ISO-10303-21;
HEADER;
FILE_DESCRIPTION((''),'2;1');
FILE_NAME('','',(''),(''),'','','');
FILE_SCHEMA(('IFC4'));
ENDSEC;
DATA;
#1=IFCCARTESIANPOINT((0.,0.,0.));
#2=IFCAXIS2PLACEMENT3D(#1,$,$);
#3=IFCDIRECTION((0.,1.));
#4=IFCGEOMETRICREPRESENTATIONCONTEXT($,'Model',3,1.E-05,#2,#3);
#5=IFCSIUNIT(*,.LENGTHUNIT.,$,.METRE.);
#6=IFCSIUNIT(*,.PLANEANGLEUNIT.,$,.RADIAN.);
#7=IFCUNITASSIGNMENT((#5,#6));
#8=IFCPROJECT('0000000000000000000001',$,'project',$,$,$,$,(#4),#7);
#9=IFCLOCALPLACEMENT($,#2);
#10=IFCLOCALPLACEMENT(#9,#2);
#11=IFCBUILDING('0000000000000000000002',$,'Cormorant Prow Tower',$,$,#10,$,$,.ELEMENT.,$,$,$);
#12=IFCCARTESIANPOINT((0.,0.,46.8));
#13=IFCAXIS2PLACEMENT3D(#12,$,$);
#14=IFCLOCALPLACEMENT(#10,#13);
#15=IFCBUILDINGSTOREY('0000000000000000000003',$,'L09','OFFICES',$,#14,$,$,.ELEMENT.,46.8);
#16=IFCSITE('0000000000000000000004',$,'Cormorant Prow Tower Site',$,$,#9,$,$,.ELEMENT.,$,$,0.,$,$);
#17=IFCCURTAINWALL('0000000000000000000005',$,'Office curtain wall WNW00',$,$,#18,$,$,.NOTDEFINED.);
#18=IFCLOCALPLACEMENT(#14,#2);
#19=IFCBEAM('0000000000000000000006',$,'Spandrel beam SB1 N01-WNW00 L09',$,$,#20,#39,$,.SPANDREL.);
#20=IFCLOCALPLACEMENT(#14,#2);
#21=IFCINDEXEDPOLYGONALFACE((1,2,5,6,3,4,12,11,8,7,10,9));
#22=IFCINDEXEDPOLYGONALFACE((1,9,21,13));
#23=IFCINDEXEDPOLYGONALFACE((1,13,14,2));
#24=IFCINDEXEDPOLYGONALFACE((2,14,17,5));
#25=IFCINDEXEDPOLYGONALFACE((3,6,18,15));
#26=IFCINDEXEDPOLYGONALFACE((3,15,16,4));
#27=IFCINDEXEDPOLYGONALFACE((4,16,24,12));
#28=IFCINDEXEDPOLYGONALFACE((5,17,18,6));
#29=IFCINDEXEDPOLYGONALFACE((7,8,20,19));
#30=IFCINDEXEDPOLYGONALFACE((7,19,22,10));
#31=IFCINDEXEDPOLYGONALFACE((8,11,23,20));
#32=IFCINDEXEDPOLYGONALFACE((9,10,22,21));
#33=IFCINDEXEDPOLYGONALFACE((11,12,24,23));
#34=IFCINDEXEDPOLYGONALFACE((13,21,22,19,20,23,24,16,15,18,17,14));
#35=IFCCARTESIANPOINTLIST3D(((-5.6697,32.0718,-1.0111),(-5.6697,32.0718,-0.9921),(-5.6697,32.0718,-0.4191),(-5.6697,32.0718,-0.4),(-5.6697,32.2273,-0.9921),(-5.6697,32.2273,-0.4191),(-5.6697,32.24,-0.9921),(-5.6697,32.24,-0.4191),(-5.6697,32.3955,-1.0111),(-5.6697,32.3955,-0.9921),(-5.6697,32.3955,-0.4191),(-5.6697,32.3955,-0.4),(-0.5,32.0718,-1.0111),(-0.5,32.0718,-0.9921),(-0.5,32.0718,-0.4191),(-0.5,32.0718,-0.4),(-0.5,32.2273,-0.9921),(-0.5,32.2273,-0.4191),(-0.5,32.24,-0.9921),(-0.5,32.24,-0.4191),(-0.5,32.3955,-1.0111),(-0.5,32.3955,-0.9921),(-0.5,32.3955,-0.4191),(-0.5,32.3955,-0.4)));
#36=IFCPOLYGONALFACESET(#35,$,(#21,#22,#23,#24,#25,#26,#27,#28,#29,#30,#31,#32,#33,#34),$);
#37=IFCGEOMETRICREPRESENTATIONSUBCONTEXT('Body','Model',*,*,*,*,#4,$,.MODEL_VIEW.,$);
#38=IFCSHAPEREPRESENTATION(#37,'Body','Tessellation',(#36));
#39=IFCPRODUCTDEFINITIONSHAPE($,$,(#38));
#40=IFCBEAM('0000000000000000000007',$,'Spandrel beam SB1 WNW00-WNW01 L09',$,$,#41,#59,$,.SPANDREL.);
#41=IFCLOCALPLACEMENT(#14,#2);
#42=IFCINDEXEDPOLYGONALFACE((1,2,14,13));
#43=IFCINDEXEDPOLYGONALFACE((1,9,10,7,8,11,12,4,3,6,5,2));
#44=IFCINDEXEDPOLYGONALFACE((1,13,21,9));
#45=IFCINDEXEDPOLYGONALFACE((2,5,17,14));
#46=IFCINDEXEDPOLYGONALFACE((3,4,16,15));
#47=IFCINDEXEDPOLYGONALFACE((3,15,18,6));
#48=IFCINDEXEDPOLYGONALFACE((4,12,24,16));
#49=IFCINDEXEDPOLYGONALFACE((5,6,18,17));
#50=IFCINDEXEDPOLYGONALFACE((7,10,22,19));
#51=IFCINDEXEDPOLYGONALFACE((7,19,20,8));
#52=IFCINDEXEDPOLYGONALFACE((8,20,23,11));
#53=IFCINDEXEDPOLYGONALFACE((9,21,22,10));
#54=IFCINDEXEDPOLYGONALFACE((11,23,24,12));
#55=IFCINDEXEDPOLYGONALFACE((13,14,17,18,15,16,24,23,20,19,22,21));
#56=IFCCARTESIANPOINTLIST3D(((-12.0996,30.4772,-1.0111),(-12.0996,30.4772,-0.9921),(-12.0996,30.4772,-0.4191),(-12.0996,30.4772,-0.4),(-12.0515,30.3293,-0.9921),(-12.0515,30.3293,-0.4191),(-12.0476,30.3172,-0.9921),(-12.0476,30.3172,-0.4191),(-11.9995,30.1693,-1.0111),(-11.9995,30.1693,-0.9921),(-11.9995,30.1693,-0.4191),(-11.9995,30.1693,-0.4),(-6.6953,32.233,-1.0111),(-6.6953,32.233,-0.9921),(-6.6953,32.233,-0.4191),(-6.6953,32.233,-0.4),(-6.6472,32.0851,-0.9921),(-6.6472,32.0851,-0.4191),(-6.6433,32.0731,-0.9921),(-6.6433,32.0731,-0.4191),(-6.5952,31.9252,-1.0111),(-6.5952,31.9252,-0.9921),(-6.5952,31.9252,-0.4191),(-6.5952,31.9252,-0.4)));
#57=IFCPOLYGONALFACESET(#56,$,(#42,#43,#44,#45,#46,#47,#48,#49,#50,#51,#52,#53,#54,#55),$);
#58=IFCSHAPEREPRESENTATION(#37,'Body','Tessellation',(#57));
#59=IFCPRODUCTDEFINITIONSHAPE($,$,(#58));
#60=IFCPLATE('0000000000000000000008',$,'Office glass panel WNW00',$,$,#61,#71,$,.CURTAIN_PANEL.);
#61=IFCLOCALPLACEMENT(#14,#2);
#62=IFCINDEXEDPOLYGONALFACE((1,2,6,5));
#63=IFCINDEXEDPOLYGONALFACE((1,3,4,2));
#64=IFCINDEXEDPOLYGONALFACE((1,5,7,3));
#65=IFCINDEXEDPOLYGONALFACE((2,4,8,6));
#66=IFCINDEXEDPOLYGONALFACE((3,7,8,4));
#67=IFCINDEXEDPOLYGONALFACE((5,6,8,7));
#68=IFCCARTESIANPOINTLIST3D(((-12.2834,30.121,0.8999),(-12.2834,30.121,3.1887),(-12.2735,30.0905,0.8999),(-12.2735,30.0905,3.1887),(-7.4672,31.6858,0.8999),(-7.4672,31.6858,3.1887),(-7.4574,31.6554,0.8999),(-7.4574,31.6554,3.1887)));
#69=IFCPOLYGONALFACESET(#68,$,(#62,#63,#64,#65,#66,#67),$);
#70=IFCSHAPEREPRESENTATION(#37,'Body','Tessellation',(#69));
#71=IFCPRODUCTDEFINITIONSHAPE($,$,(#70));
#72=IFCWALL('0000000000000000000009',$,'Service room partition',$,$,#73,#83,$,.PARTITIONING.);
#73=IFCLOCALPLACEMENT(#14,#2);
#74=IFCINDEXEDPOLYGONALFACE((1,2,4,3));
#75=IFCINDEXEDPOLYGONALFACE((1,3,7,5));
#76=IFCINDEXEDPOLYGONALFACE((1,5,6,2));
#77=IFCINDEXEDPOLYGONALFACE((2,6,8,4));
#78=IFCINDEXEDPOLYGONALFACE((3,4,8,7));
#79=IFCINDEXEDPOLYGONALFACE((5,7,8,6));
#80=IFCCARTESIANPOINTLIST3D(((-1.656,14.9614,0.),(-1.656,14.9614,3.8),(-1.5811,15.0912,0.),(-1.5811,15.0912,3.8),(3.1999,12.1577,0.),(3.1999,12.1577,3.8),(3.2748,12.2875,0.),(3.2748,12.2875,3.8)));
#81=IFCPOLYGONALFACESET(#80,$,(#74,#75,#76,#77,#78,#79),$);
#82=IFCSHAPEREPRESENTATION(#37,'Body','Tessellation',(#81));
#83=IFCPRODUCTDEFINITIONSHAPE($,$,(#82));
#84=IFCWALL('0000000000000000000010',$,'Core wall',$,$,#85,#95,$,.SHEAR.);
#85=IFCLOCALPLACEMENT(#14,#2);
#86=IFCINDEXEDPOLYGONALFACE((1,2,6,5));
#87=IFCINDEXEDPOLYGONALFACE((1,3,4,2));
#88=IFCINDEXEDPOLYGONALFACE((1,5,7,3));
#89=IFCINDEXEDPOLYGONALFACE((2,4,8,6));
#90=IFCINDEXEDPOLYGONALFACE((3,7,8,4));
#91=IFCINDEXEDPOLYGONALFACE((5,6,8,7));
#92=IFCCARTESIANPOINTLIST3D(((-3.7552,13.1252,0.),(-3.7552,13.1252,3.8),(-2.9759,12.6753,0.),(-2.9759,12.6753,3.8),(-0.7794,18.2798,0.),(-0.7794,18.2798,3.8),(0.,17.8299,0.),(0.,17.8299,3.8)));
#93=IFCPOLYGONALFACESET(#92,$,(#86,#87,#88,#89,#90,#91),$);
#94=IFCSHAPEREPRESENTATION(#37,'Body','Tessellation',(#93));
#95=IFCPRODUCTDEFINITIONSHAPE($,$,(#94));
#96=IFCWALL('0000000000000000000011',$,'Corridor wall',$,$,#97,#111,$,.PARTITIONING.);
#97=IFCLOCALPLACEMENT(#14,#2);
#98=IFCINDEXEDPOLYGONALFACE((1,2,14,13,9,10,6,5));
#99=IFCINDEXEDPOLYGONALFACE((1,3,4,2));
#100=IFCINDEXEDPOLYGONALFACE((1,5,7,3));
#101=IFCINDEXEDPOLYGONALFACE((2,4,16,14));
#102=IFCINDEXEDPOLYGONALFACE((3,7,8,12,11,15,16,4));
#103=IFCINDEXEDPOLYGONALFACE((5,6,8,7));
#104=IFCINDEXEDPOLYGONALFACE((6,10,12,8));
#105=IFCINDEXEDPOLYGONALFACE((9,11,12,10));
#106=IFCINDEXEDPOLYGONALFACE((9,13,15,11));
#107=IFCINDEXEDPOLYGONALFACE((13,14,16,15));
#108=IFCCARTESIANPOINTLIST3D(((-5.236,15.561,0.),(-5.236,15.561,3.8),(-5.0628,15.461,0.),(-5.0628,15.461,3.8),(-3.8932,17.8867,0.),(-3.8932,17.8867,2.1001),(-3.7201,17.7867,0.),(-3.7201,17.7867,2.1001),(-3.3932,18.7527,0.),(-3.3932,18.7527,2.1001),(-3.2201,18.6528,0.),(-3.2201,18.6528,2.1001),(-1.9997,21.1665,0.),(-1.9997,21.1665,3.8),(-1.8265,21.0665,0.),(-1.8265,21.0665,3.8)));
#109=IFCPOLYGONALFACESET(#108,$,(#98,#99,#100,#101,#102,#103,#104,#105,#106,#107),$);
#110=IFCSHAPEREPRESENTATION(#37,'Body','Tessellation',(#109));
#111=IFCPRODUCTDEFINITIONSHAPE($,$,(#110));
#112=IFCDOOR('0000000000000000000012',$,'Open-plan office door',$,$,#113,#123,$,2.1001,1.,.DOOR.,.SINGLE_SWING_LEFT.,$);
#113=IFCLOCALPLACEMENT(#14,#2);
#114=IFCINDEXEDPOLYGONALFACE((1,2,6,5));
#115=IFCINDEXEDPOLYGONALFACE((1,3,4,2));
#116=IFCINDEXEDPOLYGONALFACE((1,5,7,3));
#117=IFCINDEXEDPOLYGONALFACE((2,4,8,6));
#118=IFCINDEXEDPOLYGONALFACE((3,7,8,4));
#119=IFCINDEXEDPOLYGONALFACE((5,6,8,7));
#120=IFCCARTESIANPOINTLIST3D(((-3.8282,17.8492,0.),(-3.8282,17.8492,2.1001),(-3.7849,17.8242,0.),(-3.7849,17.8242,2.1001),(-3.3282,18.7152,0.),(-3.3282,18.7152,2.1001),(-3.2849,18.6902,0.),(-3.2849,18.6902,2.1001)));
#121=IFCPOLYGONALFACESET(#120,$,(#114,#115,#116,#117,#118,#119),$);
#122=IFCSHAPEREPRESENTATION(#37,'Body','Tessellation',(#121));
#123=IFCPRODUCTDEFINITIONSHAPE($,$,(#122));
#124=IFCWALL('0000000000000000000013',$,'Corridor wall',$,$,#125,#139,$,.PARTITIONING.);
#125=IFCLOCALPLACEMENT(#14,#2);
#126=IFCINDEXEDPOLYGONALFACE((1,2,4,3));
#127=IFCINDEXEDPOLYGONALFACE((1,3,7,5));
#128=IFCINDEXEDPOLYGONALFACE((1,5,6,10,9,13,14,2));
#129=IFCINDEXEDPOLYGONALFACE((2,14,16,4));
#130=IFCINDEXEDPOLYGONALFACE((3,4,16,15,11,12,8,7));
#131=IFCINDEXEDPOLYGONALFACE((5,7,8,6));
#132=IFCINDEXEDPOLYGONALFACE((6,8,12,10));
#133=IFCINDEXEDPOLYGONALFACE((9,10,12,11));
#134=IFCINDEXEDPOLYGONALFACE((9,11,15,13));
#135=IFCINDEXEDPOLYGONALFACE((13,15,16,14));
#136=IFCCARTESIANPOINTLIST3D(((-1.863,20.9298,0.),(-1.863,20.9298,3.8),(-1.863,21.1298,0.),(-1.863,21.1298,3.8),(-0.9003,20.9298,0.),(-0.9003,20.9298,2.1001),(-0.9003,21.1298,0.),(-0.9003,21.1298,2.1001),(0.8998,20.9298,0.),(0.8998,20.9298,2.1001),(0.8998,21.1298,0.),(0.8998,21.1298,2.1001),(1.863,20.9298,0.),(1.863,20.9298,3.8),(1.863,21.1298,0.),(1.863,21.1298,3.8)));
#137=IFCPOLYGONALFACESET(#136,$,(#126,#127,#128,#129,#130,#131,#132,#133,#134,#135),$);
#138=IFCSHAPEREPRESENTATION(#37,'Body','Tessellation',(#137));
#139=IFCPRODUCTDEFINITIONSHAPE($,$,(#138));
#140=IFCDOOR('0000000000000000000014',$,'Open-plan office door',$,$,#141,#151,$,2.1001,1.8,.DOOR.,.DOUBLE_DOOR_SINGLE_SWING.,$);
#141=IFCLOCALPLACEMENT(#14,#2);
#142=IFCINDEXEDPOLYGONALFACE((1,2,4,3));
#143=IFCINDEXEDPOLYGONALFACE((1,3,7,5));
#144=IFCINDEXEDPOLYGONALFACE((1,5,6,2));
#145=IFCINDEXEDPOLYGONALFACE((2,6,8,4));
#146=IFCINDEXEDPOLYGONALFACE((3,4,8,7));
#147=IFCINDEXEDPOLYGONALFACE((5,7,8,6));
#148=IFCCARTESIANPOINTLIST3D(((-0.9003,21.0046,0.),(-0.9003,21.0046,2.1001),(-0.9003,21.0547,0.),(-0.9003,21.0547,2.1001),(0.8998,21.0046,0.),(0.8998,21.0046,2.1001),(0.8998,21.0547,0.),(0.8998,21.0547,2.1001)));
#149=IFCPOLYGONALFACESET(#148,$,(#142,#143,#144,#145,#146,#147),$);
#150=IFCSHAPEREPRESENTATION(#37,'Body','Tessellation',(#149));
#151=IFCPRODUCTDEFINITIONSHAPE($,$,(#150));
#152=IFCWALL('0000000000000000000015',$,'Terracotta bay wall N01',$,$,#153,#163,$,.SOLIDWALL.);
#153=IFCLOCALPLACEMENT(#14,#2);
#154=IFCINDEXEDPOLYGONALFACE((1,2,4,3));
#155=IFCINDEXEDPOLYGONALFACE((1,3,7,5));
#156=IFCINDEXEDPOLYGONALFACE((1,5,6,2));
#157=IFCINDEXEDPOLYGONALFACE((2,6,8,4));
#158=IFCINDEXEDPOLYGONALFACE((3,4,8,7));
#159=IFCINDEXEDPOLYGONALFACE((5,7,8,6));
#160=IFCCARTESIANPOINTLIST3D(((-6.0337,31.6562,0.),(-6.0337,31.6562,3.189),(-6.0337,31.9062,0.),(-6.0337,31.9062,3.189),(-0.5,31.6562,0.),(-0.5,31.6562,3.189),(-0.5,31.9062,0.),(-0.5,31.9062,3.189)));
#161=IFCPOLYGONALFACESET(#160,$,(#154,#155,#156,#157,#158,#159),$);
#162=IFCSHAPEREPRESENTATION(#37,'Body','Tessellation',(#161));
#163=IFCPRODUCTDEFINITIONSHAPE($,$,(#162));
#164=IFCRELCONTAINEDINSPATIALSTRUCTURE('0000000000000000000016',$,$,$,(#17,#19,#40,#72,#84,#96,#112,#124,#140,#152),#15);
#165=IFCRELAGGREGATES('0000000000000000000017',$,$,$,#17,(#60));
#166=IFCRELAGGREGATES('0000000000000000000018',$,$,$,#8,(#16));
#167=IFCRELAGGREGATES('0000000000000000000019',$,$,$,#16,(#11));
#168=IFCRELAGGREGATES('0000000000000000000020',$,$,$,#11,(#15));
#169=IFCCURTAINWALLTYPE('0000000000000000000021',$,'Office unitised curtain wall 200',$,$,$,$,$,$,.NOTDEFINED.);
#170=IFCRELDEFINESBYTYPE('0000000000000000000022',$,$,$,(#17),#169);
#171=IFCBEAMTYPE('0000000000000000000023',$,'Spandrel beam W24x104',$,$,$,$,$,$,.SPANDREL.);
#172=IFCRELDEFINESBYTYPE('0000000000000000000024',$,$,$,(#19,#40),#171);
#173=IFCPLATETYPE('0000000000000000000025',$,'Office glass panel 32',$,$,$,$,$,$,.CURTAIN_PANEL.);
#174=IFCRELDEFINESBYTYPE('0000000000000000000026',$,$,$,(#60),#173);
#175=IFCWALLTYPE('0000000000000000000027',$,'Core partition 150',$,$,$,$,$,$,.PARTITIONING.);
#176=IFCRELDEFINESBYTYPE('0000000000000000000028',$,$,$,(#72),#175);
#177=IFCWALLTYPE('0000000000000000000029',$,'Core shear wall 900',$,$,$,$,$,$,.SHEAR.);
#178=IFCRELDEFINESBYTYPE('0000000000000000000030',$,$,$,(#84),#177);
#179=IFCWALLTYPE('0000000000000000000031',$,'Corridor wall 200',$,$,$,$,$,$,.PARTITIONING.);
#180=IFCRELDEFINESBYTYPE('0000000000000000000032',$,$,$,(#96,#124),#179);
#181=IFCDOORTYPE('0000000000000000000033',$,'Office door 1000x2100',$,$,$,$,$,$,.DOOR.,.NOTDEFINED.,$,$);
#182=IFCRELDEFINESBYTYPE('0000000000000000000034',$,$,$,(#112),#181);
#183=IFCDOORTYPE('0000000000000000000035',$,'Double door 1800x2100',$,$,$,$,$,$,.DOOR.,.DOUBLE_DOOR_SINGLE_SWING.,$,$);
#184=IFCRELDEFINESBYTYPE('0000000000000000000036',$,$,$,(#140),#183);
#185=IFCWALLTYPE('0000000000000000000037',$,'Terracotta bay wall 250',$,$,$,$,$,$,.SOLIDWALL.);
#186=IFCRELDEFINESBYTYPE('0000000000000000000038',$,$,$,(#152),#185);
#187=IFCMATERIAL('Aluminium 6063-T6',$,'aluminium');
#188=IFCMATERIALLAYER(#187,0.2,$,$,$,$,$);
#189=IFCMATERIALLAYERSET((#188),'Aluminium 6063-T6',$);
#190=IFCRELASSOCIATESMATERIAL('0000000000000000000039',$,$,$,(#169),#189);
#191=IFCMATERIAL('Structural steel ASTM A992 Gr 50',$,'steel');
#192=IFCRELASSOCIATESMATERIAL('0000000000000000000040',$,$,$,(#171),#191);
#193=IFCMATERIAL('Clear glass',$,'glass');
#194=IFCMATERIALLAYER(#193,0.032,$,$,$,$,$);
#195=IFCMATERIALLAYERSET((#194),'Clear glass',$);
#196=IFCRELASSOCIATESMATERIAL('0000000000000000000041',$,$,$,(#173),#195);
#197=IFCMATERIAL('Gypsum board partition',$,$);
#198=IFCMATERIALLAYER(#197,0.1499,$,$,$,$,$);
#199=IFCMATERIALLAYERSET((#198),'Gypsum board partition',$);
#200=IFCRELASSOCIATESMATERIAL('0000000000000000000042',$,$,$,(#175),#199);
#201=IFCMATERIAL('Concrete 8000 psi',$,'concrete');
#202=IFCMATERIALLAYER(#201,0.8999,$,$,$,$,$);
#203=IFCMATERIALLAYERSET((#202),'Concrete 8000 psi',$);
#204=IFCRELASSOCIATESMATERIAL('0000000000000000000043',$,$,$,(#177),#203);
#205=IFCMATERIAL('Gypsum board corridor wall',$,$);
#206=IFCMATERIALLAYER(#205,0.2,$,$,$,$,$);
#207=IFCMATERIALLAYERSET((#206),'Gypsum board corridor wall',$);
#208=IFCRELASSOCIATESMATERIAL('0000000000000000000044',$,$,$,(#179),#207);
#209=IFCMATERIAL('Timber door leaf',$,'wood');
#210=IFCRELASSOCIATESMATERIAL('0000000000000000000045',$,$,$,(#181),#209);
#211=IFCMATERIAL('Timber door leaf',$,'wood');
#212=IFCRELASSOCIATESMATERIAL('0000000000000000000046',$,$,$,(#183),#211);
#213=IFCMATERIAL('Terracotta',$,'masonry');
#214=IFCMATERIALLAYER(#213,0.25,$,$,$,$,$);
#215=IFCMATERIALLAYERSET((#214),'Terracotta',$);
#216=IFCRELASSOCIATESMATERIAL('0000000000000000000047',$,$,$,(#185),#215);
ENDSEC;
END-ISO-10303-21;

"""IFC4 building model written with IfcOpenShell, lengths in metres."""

from ifc_helpers import new_model, si_unit, direction, frame, frame_2d, origin, origin_2d, place, context, subcontext, project, spatial, rectangle, i_section, extrude, material, layer, layer_set, material_profile, profile_set, type_object, element, fill, aggregate, save


model = new_model("IFC4")

# Units and contexts
model_context = context("Model", 3, precision=1e-05, world=origin(), true_north=direction((0.0, 1.0)))
body_context = subcontext(model_context, "Body", "Model", "MODEL_VIEW")
ifc_project = project(units=[si_unit("LENGTHUNIT", "METRE"), si_unit("PLANEANGLEUNIT", "RADIAN")], contexts=[model_context])

# Site, building, storey
site_placement = place(None, origin())
site = spatial("IfcSite", under=ifc_project, at=site_placement, Name="Cormorant Prow Tower Site", CompositionType="ELEMENT", RefElevation=0.0)
building_placement = place(site_placement, origin())
building = spatial("IfcBuilding", under=site, at=building_placement, Name="Cormorant Prow Tower", CompositionType="ELEMENT")
storey_placement = place(building_placement, frame((0.0, 0.0, 46.8)))
storey = spatial("IfcBuildingStorey", under=building, at=storey_placement, Name="L09", Description="OFFICES", CompositionType="ELEMENT", Elevation=46.8)

# Curtain wall
ifc_material_1 = material(Name="Aluminium 6063-T6", Category="aluminium")
ifc_layer_1 = layer(ifc_material_1, 0.2)
ifc_layer_set_1 = layer_set([ifc_layer_1], Name="Aluminium 6063-T6")
curtain_wall_type = type_object("IfcCurtainWallType", Name="Office unitised curtain wall 200", PredefinedType="NOTDEFINED", material=ifc_layer_set_1)
curtain_wall_placement = place(storey_placement, origin())
curtain_wall = element("IfcCurtainWall", 1, at=curtain_wall_placement, inside=storey, type_object=curtain_wall_type, Name="Office curtain wall WNW00", PredefinedType="NOTDEFINED")

# Beams
ifc_material_2 = material(Name="Structural steel ASTM A992 Gr 50", Category="steel")
ifc_material_profile_1 = material_profile(ifc_material_2, i_section(OverallWidth=0.3237, OverallDepth=0.6111, WebThickness=0.0127, FlangeThickness=0.019, at=origin_2d()), Name="W24x104")
ifc_profile_set_1 = profile_set([ifc_material_profile_1], Name="Structural steel ASTM A992 Gr 50")
beam_type_1 = type_object("IfcBeamType", Name="Spandrel beam W24x104", PredefinedType="SPANDREL", material=ifc_profile_set_1)
beam_1_placement = place(storey_placement, frame((-0.5, 32.2336, -0.7056), z_axis=(-1.0, 0.0, 0.0), x_axis=(0.0, -1.0, 0.0)))
element("IfcBeam", 2, at=beam_1_placement, inside=storey, type_object=beam_type_1, Name="Spandrel beam SB1 N01-WNW00 L09", PredefinedType="SPANDREL", context=body_context, shape_type="SweptSolid", body=[
    extrude(i_section(OverallWidth=0.3237, OverallDepth=0.6111, WebThickness=0.0127, FlangeThickness=0.019, at=origin_2d()), origin(), (0.0, 0.0, 1.0), 5.1697),
])
beam_2_placement = place(storey_placement, frame((-6.6453, 32.0791, -0.7056), z_axis=(-0.951062, -0.309001, 0.0), x_axis=(0.309001, -0.951062, 0.0)))
element("IfcBeam", 3, at=beam_2_placement, inside=storey, type_object=beam_type_1, Name="Spandrel beam SB1 WNW00-WNW01 L09", PredefinedType="SPANDREL", context=body_context, shape_type="SweptSolid", body=[
    extrude(i_section(OverallWidth=0.3237, OverallDepth=0.6111, WebThickness=0.0127, FlangeThickness=0.019, at=origin_2d()), origin(), (0.0, 0.0, 1.0), 5.6824),
])

# Plate
ifc_material_3 = material(Name="Clear glass", Category="glass")
ifc_layer_2 = layer(ifc_material_3, 0.032)
ifc_layer_set_2 = layer_set([ifc_layer_2], Name="Clear glass")
plate_type = type_object("IfcPlateType", Name="Office glass panel 32", PredefinedType="CURTAIN_PANEL", material=ifc_layer_set_2)
plate_placement = place(storey_placement, frame((-9.8704, 30.8882, 0.8999), z_axis=(0.0, 0.0, 1.0), x_axis=(-0.951057, -0.309017, 0.0)))
plate = element("IfcPlate", 4, at=plate_placement, type_object=plate_type, Name="Office glass panel WNW00", PredefinedType="CURTAIN_PANEL", context=body_context, shape_type="SweptSolid", body=[
    extrude(rectangle(XDim=5.064, YDim=0.032, at=origin_2d()), origin(), (0.0, 0.0, 1.0), 2.2888),
])
aggregate(curtain_wall, [plate])

# Walls
ifc_material_4 = material(Name="Gypsum board partition")
ifc_layer_3 = layer(ifc_material_4, 0.1499)
ifc_layer_set_3 = layer_set([ifc_layer_3], Name="Gypsum board partition")
wall_type_1 = type_object("IfcWallType", Name="Core partition 150", PredefinedType="PARTITIONING", material=ifc_layer_set_3)
wall_1_placement = place(storey_placement, frame((-1.6187, 15.0264, 0.0), z_axis=(0.0, 0.0, 1.0), x_axis=(0.866016, -0.500016, 0.0)))
element("IfcWall", 5, at=wall_1_placement, inside=storey, type_object=wall_type_1, Name="Service room partition", PredefinedType="PARTITIONING", context=body_context, shape_type="SweptSolid", body=[
    extrude(rectangle(XDim=5.6072, YDim=0.1499, at=frame_2d((2.8037, 0.0))), origin(), (0.0, 0.0, 1.0), 3.8),
])
ifc_material_5 = material(Name="Concrete 8000 psi", Category="concrete")
ifc_layer_4 = layer(ifc_material_5, 0.8999)
ifc_layer_set_4 = layer_set([ifc_layer_4], Name="Concrete 8000 psi")
wall_type_2 = type_object("IfcWallType", Name="Core shear wall 900", PredefinedType="SHEAR", material=ifc_layer_set_4)
wall_2_placement = place(storey_placement, frame((-0.3896, 18.0549, 0.0), z_axis=(0.0, 0.0, 1.0), x_axis=(-0.499982, -0.866036, 0.0)))
element("IfcWall", 6, at=wall_2_placement, inside=storey, type_object=wall_type_2, Name="Core wall", PredefinedType="SHEAR", context=body_context, shape_type="SweptSolid", body=[
    extrude(rectangle(XDim=5.9519, YDim=0.8999, at=frame_2d((2.9761, 0.0))), origin(), (0.0, 0.0, 1.0), 3.8),
])

# Walls, openings, doors
ifc_material_6 = material(Name="Gypsum board corridor wall")
ifc_layer_5 = layer(ifc_material_6, 0.2)
ifc_layer_set_5 = layer_set([ifc_layer_5], Name="Gypsum board corridor wall")
wall_type_3 = type_object("IfcWallType", Name="Corridor wall 200", PredefinedType="PARTITIONING", material=ifc_layer_set_5)
wall_3_placement = place(storey_placement, frame((-5.1494, 15.511, 0.0), z_axis=(0.0, 0.0, 1.0), x_axis=(0.500001, 0.866025, 0.0)))
wall_3 = element("IfcWall", 7, at=wall_3_placement, inside=storey, type_object=wall_type_3, Name="Corridor wall", PredefinedType="PARTITIONING", context=body_context, shape_type="SweptSolid", body=[
    extrude(rectangle(XDim=6.4727, YDim=0.2, at=frame_2d((3.2363, 0.0))), origin(), (0.0, 0.0, 1.0), 3.8),
])
opening_1_placement = place(wall_3_placement, frame((2.6855, 0.0, 0.0)))
opening_1 = element("IfcOpeningElement", 8, at=opening_1_placement, cuts=wall_3, PredefinedType="OPENING", context=body_context, shape_type="SweptSolid", body=[
    extrude(rectangle(XDim=1.0, YDim=2.1001, at=frame_2d((0.5, 1.05))), frame((0.0, 0.1099, 0.0), z_axis=(0.0, -1.0, 0.0), x_axis=(1.0, 0.0, 0.0)), (0.0, 0.0, 1.0), 0.22),
])
ifc_material_7 = material(Name="Timber door leaf", Category="wood")
door_type_1 = type_object("IfcDoorType", Name="Office door 1000x2100", OperationType="NOTDEFINED", PredefinedType="DOOR", material=ifc_material_7)
door_1_placement = place(opening_1_placement, origin())
door_1 = element("IfcDoor", 9, at=door_1_placement, inside=storey, type_object=door_type_1, Name="Open-plan office door", OperationType="SINGLE_SWING_LEFT", OverallHeight=2.1001, OverallWidth=1.0, PredefinedType="DOOR", context=body_context, shape_type="SweptSolid", body=[
    extrude(rectangle(XDim=1.0, YDim=2.1001, at=frame_2d((0.5, 1.05))), frame((0.0, 0.0249, 0.0), z_axis=(0.0, -1.0, 0.0), x_axis=(1.0, 0.0, 0.0)), (0.0, 0.0, 1.0), 0.05),
])
fill(opening_1, door_1)
wall_4_placement = place(storey_placement, frame((-1.863, 21.0298, 0.0), z_axis=(0.0, 0.0, 1.0), x_axis=(1.0, 0.0, 0.0)))
wall_4 = element("IfcWall", 10, at=wall_4_placement, inside=storey, type_object=wall_type_3, Name="Corridor wall", PredefinedType="PARTITIONING", context=body_context, shape_type="SweptSolid", body=[
    extrude(rectangle(XDim=3.7261, YDim=0.2, at=frame_2d((1.863, 0.0))), origin(), (0.0, 0.0, 1.0), 3.8),
])
opening_2_placement = place(wall_4_placement, frame((0.9629, 0.0, 0.0)))
opening_2 = element("IfcOpeningElement", 11, at=opening_2_placement, cuts=wall_4, PredefinedType="OPENING", context=body_context, shape_type="SweptSolid", body=[
    extrude(rectangle(XDim=1.8, YDim=2.1001, at=frame_2d((0.8999, 1.05))), frame((0.0, 0.1099, 0.0), z_axis=(0.0, -1.0, 0.0), x_axis=(1.0, 0.0, 0.0)), (0.0, 0.0, 1.0), 0.22),
])
ifc_material_8 = material(Name="Timber door leaf", Category="wood")
door_type_2 = type_object("IfcDoorType", Name="Double door 1800x2100", OperationType="DOUBLE_DOOR_SINGLE_SWING", PredefinedType="DOOR", material=ifc_material_8)
door_2_placement = place(opening_2_placement, origin())
door_2 = element("IfcDoor", 12, at=door_2_placement, inside=storey, type_object=door_type_2, Name="Open-plan office door", OperationType="DOUBLE_DOOR_SINGLE_SWING", OverallHeight=2.1001, OverallWidth=1.8, PredefinedType="DOOR", context=body_context, shape_type="SweptSolid", body=[
    extrude(rectangle(XDim=1.8, YDim=2.1001, at=frame_2d((0.8999, 1.05))), frame((0.0, 0.0249, 0.0), z_axis=(0.0, -1.0, 0.0), x_axis=(1.0, 0.0, 0.0)), (0.0, 0.0, 1.0), 0.05),
])
fill(opening_2, door_2)

# Wall
ifc_material_9 = material(Name="Terracotta", Category="masonry")
ifc_layer_6 = layer(ifc_material_9, 0.25)
ifc_layer_set_6 = layer_set([ifc_layer_6], Name="Terracotta")
wall_type_4 = type_object("IfcWallType", Name="Terracotta bay wall 250", PredefinedType="SOLIDWALL", material=ifc_layer_set_6)
wall_5_placement = place(storey_placement, frame((-0.5, 31.7812, 0.0), z_axis=(0.0, 0.0, 1.0), x_axis=(-1.0, 0.0, 0.0)))
element("IfcWall", 13, at=wall_5_placement, inside=storey, type_object=wall_type_4, Name="Terracotta bay wall N01", PredefinedType="SOLIDWALL", context=body_context, shape_type="SweptSolid", body=[
    extrude(rectangle(XDim=5.5337, YDim=0.25, at=frame_2d((2.7668, 0.0))), origin(), (0.0, 0.0, 1.0), 3.189),
])

save(model, "model.ifc")
